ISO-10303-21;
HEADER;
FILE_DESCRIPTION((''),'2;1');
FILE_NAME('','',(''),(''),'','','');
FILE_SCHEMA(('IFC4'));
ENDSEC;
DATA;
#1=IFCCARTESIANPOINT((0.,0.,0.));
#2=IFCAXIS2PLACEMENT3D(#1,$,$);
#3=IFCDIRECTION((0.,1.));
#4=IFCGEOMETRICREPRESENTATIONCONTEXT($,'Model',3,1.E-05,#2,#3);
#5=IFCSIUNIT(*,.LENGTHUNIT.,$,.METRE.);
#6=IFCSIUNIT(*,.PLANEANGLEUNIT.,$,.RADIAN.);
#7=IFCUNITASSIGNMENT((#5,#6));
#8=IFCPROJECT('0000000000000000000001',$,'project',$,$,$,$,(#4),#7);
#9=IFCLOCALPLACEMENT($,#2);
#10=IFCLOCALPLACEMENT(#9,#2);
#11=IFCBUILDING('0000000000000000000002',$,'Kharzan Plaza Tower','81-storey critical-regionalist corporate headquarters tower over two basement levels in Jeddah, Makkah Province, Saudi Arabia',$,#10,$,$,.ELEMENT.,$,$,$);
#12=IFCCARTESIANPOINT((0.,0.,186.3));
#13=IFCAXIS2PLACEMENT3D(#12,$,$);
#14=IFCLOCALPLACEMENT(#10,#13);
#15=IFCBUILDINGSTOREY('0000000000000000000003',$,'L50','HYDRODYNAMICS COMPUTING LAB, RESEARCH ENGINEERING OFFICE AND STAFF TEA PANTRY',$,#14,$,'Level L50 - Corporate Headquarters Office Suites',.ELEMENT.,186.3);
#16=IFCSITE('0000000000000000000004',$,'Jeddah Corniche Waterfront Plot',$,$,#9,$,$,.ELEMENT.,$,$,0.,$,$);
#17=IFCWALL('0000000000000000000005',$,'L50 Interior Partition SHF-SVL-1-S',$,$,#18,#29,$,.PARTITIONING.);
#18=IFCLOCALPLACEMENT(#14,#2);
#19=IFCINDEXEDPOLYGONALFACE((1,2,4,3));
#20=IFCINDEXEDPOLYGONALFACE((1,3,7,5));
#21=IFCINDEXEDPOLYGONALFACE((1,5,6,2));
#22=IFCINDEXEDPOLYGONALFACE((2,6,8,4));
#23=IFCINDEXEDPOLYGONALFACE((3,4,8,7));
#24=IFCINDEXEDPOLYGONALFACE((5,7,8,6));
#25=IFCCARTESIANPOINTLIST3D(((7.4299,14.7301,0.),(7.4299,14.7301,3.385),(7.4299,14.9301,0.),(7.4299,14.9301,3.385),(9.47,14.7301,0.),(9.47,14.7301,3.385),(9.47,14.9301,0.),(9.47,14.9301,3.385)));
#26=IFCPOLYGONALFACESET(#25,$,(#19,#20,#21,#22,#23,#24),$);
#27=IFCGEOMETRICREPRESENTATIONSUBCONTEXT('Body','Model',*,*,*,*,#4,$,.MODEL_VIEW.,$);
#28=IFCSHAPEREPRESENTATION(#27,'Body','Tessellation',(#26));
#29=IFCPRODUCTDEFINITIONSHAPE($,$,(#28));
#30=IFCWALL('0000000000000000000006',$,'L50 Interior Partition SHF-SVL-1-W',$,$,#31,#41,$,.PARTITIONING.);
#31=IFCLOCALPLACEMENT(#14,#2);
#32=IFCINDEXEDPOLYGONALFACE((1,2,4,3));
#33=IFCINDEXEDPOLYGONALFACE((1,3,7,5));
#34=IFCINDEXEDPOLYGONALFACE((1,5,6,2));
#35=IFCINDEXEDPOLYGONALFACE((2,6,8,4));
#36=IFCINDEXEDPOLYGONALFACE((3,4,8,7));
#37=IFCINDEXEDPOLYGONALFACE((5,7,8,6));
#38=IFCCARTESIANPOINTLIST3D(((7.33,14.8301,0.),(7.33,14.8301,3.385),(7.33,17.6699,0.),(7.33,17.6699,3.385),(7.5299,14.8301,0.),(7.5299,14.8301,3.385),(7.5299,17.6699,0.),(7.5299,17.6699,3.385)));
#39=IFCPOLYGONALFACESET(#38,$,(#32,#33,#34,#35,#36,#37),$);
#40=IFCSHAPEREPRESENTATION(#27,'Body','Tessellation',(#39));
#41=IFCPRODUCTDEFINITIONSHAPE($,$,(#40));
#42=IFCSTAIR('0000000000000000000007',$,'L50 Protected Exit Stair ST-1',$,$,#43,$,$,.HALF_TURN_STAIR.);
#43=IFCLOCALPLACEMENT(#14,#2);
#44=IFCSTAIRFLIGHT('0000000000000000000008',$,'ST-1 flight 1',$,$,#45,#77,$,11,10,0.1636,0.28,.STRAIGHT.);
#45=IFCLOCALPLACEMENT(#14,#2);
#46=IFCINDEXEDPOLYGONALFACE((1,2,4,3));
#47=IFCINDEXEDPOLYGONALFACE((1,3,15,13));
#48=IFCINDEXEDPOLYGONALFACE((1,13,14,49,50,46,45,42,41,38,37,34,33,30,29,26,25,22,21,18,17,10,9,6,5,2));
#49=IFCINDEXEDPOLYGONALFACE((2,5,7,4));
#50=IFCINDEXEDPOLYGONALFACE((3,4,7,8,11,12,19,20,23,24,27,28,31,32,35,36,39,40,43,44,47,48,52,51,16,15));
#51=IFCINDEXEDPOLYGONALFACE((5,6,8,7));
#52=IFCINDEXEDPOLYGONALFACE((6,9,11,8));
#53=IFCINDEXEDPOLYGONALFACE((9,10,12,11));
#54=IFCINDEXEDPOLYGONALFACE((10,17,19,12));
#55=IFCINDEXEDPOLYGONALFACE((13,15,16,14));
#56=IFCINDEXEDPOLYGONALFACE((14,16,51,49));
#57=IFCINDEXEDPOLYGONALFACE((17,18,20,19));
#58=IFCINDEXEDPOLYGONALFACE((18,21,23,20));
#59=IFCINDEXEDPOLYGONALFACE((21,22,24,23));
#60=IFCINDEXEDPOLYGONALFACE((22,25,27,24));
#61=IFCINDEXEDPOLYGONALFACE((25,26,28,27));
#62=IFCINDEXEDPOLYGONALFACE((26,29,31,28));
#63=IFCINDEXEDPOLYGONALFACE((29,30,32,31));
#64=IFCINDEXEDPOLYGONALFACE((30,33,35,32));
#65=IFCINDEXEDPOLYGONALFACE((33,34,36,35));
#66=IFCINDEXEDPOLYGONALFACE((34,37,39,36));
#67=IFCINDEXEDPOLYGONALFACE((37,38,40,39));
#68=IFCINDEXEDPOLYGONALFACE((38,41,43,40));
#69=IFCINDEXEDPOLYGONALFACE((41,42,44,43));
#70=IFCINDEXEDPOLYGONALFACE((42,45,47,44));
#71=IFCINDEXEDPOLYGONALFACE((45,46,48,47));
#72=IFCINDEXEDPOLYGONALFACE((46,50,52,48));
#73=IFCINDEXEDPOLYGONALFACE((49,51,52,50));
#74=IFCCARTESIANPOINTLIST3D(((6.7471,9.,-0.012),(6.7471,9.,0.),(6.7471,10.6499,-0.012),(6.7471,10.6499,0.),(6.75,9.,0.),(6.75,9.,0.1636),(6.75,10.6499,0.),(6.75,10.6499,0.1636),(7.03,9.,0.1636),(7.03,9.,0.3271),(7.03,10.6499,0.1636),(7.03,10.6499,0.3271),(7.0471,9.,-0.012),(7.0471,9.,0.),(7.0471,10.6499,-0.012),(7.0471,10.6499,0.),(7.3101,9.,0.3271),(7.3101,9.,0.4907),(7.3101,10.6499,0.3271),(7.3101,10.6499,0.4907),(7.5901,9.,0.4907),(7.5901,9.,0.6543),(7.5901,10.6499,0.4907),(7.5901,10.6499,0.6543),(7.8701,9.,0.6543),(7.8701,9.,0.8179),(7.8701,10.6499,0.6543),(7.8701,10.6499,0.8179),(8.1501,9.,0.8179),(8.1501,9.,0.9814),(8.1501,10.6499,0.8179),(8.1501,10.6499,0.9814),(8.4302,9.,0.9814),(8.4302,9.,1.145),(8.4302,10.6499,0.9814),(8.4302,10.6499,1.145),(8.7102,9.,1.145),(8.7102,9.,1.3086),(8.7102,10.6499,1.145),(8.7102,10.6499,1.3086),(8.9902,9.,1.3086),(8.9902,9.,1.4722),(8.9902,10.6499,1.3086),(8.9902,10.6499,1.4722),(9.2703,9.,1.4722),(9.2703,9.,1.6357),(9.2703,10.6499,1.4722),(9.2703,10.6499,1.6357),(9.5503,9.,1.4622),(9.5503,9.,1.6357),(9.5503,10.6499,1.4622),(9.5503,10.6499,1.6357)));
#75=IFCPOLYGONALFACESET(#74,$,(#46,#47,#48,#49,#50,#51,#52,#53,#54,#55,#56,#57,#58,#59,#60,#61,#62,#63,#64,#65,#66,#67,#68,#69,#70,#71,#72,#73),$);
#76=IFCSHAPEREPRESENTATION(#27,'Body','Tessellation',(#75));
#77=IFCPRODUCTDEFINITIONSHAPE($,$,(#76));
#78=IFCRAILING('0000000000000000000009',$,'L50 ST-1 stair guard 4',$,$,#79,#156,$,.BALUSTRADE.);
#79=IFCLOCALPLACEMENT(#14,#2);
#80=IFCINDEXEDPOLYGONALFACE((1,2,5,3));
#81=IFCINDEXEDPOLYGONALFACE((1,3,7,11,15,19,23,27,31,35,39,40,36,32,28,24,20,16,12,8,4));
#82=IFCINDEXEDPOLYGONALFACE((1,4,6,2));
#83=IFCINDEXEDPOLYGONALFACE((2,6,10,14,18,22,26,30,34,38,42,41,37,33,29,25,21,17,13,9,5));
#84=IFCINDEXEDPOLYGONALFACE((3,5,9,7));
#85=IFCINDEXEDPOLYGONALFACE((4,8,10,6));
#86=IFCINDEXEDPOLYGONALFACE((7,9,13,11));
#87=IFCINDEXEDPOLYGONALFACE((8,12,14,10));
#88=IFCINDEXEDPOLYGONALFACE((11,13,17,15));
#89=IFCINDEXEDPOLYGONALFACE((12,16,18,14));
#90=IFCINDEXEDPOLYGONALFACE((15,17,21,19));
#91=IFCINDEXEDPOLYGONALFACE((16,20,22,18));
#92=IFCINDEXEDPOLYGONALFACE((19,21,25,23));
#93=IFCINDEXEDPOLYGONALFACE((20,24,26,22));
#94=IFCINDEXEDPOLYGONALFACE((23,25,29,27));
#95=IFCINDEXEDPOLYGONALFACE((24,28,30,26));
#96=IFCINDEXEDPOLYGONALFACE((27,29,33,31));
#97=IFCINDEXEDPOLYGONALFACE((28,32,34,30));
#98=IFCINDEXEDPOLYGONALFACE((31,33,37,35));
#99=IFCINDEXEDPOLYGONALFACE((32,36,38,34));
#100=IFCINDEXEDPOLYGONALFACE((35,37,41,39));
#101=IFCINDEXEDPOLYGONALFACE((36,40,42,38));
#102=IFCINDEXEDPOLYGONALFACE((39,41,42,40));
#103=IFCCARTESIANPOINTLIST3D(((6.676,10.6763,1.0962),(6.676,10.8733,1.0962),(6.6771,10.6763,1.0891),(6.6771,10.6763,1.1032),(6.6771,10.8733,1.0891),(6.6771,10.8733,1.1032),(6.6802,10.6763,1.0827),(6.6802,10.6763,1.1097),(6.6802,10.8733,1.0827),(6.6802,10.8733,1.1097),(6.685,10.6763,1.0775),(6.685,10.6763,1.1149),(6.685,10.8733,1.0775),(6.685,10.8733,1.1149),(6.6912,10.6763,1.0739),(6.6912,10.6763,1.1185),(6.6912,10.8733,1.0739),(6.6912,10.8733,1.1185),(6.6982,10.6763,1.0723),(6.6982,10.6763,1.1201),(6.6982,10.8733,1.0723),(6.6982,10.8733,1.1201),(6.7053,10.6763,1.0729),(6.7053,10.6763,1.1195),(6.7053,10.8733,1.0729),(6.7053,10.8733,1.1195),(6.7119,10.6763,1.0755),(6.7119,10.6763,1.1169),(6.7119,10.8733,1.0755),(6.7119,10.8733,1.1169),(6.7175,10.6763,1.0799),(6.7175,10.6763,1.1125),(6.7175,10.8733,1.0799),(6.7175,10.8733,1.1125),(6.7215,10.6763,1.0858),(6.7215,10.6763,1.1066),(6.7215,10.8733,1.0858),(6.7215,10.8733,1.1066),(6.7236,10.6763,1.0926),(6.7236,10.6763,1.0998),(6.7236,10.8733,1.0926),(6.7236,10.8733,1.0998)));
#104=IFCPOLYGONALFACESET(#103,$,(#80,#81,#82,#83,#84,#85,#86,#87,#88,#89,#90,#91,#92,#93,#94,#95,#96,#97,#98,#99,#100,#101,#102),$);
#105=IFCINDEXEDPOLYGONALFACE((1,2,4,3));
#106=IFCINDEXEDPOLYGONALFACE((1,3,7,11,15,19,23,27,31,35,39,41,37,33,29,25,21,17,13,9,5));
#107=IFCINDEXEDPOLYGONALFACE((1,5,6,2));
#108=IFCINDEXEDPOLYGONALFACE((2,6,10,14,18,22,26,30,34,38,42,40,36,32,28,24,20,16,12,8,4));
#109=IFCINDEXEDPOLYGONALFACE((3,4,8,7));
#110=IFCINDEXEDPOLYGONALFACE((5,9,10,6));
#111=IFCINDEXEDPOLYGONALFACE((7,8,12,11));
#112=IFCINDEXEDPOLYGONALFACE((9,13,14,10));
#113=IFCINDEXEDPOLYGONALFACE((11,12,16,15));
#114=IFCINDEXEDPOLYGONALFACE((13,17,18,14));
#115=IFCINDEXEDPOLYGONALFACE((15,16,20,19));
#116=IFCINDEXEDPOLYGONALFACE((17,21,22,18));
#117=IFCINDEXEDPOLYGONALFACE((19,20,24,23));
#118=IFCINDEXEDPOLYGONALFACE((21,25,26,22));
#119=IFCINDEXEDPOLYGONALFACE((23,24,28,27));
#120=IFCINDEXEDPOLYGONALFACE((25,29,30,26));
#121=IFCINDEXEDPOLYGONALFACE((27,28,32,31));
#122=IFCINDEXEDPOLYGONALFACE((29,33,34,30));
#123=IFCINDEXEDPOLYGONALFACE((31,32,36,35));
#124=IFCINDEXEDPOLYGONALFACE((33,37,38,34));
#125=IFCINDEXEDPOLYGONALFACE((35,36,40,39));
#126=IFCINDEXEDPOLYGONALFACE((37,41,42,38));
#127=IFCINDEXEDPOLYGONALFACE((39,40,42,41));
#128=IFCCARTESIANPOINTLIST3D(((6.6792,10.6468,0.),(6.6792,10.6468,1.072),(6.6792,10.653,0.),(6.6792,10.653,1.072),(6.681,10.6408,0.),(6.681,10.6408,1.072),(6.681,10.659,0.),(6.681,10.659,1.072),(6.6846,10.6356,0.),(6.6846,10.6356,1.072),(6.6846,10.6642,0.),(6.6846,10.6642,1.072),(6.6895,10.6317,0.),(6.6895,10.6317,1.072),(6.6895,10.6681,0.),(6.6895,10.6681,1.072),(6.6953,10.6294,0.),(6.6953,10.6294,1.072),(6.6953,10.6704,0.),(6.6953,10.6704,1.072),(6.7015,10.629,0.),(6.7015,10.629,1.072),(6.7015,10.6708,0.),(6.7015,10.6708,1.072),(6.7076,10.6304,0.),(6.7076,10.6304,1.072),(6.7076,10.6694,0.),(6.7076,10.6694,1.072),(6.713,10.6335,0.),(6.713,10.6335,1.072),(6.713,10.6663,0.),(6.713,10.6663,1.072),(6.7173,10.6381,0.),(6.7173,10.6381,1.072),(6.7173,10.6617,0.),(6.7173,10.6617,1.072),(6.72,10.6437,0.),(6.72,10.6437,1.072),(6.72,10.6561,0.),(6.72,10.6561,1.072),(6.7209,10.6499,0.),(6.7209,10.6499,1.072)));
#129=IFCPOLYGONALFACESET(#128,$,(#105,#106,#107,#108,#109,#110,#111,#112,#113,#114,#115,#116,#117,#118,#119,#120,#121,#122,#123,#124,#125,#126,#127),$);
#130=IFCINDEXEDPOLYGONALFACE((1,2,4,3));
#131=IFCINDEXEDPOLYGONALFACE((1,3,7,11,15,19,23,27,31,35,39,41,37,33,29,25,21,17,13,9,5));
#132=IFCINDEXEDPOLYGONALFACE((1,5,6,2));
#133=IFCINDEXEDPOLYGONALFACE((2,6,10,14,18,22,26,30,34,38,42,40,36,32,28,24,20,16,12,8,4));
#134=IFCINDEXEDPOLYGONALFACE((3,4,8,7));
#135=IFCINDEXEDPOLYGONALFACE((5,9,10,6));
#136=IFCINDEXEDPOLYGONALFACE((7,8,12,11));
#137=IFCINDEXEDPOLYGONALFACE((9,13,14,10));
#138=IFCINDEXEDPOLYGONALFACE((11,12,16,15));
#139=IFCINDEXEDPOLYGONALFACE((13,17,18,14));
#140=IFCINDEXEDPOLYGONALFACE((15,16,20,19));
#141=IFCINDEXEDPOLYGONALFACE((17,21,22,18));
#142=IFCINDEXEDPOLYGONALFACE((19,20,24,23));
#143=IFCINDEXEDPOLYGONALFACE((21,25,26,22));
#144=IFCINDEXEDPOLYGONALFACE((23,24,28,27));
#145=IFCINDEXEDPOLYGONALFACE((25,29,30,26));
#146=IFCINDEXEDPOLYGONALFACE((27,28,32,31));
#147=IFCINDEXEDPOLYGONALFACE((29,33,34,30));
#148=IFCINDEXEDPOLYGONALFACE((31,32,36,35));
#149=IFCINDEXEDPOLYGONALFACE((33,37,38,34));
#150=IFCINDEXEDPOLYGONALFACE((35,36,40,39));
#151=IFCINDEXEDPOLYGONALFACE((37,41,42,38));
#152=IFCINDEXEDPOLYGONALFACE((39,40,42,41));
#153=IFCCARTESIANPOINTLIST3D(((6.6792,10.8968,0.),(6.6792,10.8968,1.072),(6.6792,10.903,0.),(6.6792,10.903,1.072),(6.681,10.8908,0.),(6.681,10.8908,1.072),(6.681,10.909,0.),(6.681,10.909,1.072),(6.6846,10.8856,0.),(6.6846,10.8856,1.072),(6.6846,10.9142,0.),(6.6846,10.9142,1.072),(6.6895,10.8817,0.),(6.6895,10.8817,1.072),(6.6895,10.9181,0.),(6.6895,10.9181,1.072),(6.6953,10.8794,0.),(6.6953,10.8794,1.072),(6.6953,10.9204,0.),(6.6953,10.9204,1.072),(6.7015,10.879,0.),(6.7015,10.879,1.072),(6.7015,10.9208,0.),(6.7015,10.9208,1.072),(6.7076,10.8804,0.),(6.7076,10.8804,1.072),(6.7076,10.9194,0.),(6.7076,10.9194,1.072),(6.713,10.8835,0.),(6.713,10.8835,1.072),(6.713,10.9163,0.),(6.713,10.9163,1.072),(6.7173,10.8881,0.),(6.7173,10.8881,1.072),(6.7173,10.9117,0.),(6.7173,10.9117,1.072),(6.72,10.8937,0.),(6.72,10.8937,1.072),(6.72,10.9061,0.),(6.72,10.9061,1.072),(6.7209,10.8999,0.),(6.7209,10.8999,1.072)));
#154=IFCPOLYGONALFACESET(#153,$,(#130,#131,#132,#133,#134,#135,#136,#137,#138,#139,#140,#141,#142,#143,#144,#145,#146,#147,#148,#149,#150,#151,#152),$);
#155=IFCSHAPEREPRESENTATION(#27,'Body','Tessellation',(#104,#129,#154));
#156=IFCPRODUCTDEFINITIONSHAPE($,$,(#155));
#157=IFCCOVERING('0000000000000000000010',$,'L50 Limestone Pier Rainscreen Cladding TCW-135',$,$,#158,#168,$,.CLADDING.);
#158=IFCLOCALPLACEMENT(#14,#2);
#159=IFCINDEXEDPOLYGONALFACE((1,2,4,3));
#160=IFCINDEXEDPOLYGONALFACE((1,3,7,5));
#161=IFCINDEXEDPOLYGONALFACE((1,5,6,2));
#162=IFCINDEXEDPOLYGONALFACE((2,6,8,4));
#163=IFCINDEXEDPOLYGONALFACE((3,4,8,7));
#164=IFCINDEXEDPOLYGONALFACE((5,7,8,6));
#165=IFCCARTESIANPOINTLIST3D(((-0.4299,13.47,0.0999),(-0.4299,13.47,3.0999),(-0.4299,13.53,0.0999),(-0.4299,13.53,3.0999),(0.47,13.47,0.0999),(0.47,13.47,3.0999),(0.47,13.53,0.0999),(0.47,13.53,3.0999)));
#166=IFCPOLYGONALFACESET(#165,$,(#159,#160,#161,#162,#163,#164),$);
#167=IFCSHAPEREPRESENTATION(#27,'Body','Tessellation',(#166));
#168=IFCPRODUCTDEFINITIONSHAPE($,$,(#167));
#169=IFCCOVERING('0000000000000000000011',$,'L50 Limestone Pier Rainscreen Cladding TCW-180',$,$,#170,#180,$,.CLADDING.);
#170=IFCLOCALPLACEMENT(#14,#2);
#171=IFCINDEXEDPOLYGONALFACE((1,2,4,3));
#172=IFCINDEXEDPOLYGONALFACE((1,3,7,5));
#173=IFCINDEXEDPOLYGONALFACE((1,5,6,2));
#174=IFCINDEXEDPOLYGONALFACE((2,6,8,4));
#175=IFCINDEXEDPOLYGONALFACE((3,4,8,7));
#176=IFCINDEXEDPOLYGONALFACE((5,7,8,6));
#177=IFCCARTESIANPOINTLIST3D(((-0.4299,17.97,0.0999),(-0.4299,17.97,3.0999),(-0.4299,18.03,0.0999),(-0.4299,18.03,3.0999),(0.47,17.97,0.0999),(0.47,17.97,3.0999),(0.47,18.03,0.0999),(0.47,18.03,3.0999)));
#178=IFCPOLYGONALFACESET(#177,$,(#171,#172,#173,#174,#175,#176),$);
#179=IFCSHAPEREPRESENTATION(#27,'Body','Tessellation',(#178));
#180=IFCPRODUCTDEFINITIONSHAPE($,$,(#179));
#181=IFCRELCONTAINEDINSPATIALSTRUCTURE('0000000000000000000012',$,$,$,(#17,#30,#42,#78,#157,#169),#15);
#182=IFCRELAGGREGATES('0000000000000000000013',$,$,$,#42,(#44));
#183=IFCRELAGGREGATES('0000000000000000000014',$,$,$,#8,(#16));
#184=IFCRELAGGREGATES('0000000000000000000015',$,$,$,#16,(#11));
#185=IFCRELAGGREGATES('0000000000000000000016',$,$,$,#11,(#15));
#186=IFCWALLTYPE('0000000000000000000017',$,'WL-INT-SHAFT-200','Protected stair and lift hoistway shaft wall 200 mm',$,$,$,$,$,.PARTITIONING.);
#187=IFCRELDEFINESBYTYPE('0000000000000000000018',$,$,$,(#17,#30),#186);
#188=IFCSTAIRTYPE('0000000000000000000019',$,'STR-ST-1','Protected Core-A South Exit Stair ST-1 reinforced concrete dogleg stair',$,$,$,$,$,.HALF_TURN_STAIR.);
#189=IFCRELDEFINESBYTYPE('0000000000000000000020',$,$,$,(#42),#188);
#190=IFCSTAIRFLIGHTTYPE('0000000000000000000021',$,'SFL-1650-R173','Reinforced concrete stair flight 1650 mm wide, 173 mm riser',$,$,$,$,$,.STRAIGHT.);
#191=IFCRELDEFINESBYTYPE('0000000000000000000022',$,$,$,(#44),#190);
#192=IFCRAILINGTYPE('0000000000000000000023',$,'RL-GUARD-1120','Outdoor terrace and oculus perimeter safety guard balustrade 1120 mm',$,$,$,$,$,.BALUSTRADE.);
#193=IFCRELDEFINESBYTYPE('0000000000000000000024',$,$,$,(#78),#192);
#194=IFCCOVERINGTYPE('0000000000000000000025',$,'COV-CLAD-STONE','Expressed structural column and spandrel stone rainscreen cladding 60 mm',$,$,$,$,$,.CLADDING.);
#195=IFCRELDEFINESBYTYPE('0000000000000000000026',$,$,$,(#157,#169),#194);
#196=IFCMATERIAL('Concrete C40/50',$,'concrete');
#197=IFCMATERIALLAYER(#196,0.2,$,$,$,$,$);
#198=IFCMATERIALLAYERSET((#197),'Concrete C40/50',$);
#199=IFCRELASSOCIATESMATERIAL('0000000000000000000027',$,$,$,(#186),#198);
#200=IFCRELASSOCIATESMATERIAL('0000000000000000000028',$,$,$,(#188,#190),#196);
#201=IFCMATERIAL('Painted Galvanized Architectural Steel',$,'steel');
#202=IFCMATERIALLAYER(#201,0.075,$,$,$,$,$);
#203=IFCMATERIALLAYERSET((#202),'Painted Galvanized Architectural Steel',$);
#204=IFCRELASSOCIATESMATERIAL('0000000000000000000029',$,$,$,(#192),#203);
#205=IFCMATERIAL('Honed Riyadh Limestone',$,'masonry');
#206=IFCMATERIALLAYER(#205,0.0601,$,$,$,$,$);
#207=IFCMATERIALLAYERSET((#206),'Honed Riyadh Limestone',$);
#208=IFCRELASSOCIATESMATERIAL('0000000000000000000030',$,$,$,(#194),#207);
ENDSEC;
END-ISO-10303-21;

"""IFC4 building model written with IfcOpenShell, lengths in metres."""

from ifc_helpers import new_model, si_unit, direction, frame, frame_2d, origin, origin_2d, place, context, subcontext, project, spatial, polyline, rectangle, circle, outline, extrude, source, transform, mapped, material, layer, layer_set, type_object, element, aggregate, save


model = new_model("IFC4")

# Units and contexts
model_context = context("Model", 3, precision=1e-05, world=origin(), true_north=direction((0.0, 1.0)))
body_context = subcontext(model_context, "Body", "Model", "MODEL_VIEW")
ifc_project = project(units=[si_unit("LENGTHUNIT", "METRE"), si_unit("PLANEANGLEUNIT", "RADIAN")], contexts=[model_context])

# Site, building, storey
site_placement = place(None, origin())
site = spatial("IfcSite", under=ifc_project, at=site_placement, Name="Jeddah Corniche Waterfront Plot", CompositionType="ELEMENT", RefElevation=0.0)
building_placement = place(site_placement, origin())
building = spatial("IfcBuilding", under=site, at=building_placement, Name="Kharzan Plaza Tower", Description="81-storey critical-regionalist corporate headquarters tower over two basement levels in Jeddah, Makkah Province, Saudi Arabia", CompositionType="ELEMENT")
storey_placement = place(building_placement, frame((0.0, 0.0, 186.3)))
storey = spatial("IfcBuildingStorey", under=building, at=storey_placement, Name="L50", Description="HYDRODYNAMICS COMPUTING LAB, RESEARCH ENGINEERING OFFICE AND STAFF TEA PANTRY", LongName="Level L50 - Corporate Headquarters Office Suites", CompositionType="ELEMENT", Elevation=186.3)

# Shared definitions
ifc_material_1 = material(Name="Concrete C40/50", Category="concrete")

# Walls
ifc_layer_1 = layer(ifc_material_1, 0.2)
ifc_layer_set_1 = layer_set([ifc_layer_1], Name="Concrete C40/50")
wall_type_1 = type_object("IfcWallType", Name="WL-INT-SHAFT-200", Description="Protected stair and lift hoistway shaft wall 200 mm", PredefinedType="PARTITIONING", material=ifc_layer_set_1)
shared_shape_1 = source(origin(), body_context, "Body", "SweptSolid", [
    extrude(rectangle(XDim=2.04, YDim=0.2, at=frame_2d((1.02, 0.0))), origin(), (0.0, 0.0, 1.0), 3.385),
])
for number, where, z_axis, x_axis, name in (
    (1, (7.4299, 14.8301, 0.0), (0.0, 0.0, 1.0), (1.0, 0.0, 0.0), "L50 Interior Partition SHF-SVL-1-S"),
):
    element("IfcWall", number, at=place(storey_placement, frame(where, z_axis=z_axis, x_axis=x_axis)), inside=storey, type_object=wall_type_1, Name=name, PredefinedType="PARTITIONING", context=body_context, shape_type="MappedRepresentation", body=[
        mapped(shared_shape_1, transform((0.0, 0.0, 0.0), x_axis=(1.0, 0.0, 0.0), y_axis=(0.0, 1.0, 0.0), z_axis=(0.0, 0.0, 1.0))),
    ])
shared_shape_2 = source(origin(), body_context, "Body", "SweptSolid", [
    extrude(rectangle(XDim=2.8398, YDim=0.2, at=frame_2d((1.4199, 0.0))), origin(), (0.0, 0.0, 1.0), 3.385),
])
wall_1_placement = place(storey_placement, frame((7.4299, 14.8301, 0.0), z_axis=(0.0, 0.0, 1.0), x_axis=(0.0, 1.0, 0.0)))
element("IfcWall", 2, at=wall_1_placement, inside=storey, type_object=wall_type_1, Name="L50 Interior Partition SHF-SVL-1-W", PredefinedType="PARTITIONING", context=body_context, shape_type="MappedRepresentation", body=[
    mapped(shared_shape_2, transform((0.0, 0.0, 0.0), x_axis=(1.0, 0.0, 0.0), y_axis=(0.0, 1.0, 0.0), z_axis=(0.0, 0.0, 1.0))),
])

# Stair, stair flight
stair_type = type_object("IfcStairType", Name="STR-ST-1", Description="Protected Core-A South Exit Stair ST-1 reinforced concrete dogleg stair", PredefinedType="HALF_TURN_STAIR", material=ifc_material_1)
stair_placement = place(storey_placement, origin())
stair = element("IfcStair", 3, at=stair_placement, inside=storey, type_object=stair_type, Name="L50 Protected Exit Stair ST-1", PredefinedType="HALF_TURN_STAIR")
stair_flight_type = type_object("IfcStairFlightType", Name="SFL-1650-R173", Description="Reinforced concrete stair flight 1650 mm wide, 173 mm riser", PredefinedType="STRAIGHT", material=ifc_material_1)
shared_shape_3 = source(origin(), body_context, "Body", "SweptSolid", [
    extrude(outline(polyline([(-0.0029, -0.012), (-0.0029, 0.0), (0.0, 0.0), (0.0, 0.1636), (0.28, 0.1636), (0.28, 0.3271), (0.5601, 0.3271), (0.5601, 0.4907), (0.8401, 0.4907), (0.8401, 0.6543), (1.1201, 0.6543), (1.1201, 0.8179), (1.4001, 0.8179), (1.4001, 0.9814), (1.6802, 0.9814), (1.6802, 1.145), (1.9602, 1.145), (1.9602, 1.3086), (2.2402, 1.3086), (2.2402, 1.4722), (2.5203, 1.4722), (2.5203, 1.6357), (2.8003, 1.6357), (2.8003, 1.7993), (2.8003, 1.4622), (0.2971, 0.0), (0.2971, -0.012), (-0.0029, -0.012)])), frame((0.0, 0.825, 0.0), z_axis=(0.0, -1.0, 0.0), x_axis=(1.0, 0.0, 0.0)), (0.0, 0.0, 1.0), 1.6499),
])
stair_flight_placement = place(storey_placement, frame((6.75, 9.825, 0.0), z_axis=(0.0, 0.0, 1.0), x_axis=(1.0, 0.0, 0.0)))
stair_flight = element("IfcStairFlight", 4, at=stair_flight_placement, type_object=stair_flight_type, Name="ST-1 flight 1", NumberOfRisers=11, NumberOfTreads=10, PredefinedType="STRAIGHT", RiserHeight=0.1636, TreadLength=0.28, context=body_context, shape_type="MappedRepresentation", body=[
    mapped(shared_shape_3, transform((0.0, 0.0, 0.0), x_axis=(1.0, 0.0, 0.0), y_axis=(0.0, 1.0, 0.0), z_axis=(0.0, 0.0, 1.0))),
])
aggregate(stair, [stair_flight])

# Railing
ifc_material_2 = material(Name="Painted Galvanized Architectural Steel", Category="steel")
ifc_layer_2 = layer(ifc_material_2, 0.075)
ifc_layer_set_2 = layer_set([ifc_layer_2], Name="Painted Galvanized Architectural Steel")
railing_type = type_object("IfcRailingType", Name="RL-GUARD-1120", Description="Outdoor terrace and oculus perimeter safety guard balustrade 1120 mm", PredefinedType="BALUSTRADE", material=ifc_layer_set_2)
shared_shape_4 = source(origin(), body_context, "Body", "SweptSolid", [
    extrude(circle(Radius=0.0239, at=origin_2d()), frame((0.0, 0.0264, 1.0962), z_axis=(0.0, 1.0, 0.0), x_axis=(-1.0, 0.0, 0.0)), (0.0, 0.0, 1.0), 0.197),
    extrude(circle(Radius=0.021, at=origin_2d()), origin(), (0.0, 0.0, 1.0), 1.072),
    extrude(circle(Radius=0.021, at=origin_2d()), frame((0.0, 0.25, 0.0)), (0.0, 0.0, 1.0), 1.072),
])
railing_1_placement = place(storey_placement, frame((6.7, 10.6499, 0.0)))
element("IfcRailing", 5, at=railing_1_placement, inside=storey, type_object=railing_type, Name="L50 ST-1 stair guard 4", PredefinedType="BALUSTRADE", context=body_context, shape_type="MappedRepresentation", body=[
    mapped(shared_shape_4, transform((0.0, 0.0, 0.0), x_axis=(1.0, 0.0, 0.0), y_axis=(0.0, 1.0, 0.0), z_axis=(0.0, 0.0, 1.0))),
])

# Coverings
ifc_material_3 = material(Name="Honed Riyadh Limestone", Category="masonry")
ifc_layer_3 = layer(ifc_material_3, 0.0601)
ifc_layer_set_3 = layer_set([ifc_layer_3], Name="Honed Riyadh Limestone")
covering_type = type_object("IfcCoveringType", Name="COV-CLAD-STONE", Description="Expressed structural column and spandrel stone rainscreen cladding 60 mm", PredefinedType="CLADDING", material=ifc_layer_set_3)
shared_shape_5 = source(origin(), body_context, "Body", "SweptSolid", [
    extrude(rectangle(XDim=0.0601, YDim=0.8999, at=origin_2d()), origin(), (0.0, 0.0, 1.0), 3.0),
])
for number, where, z_axis, x_axis, name in (
    (6, (0.02, 13.5, 0.0999), (0.0, 0.0, 1.0), (0.0, 1.0, 0.0), "L50 Limestone Pier Rainscreen Cladding TCW-135"),
    (7, (0.02, 18.0, 0.0999), (0.0, 0.0, 1.0), (0.0, 1.0, 0.0), "L50 Limestone Pier Rainscreen Cladding TCW-180"),
):
    element("IfcCovering", number, at=place(storey_placement, frame(where, z_axis=z_axis, x_axis=x_axis)), inside=storey, type_object=covering_type, Name=name, PredefinedType="CLADDING", context=body_context, shape_type="MappedRepresentation", body=[
        mapped(shared_shape_5, transform((0.0, 0.0, 0.0), x_axis=(1.0, 0.0, 0.0), y_axis=(0.0, 1.0, 0.0), z_axis=(0.0, 0.0, 1.0))),
    ])

save(model, "model.ifc")
